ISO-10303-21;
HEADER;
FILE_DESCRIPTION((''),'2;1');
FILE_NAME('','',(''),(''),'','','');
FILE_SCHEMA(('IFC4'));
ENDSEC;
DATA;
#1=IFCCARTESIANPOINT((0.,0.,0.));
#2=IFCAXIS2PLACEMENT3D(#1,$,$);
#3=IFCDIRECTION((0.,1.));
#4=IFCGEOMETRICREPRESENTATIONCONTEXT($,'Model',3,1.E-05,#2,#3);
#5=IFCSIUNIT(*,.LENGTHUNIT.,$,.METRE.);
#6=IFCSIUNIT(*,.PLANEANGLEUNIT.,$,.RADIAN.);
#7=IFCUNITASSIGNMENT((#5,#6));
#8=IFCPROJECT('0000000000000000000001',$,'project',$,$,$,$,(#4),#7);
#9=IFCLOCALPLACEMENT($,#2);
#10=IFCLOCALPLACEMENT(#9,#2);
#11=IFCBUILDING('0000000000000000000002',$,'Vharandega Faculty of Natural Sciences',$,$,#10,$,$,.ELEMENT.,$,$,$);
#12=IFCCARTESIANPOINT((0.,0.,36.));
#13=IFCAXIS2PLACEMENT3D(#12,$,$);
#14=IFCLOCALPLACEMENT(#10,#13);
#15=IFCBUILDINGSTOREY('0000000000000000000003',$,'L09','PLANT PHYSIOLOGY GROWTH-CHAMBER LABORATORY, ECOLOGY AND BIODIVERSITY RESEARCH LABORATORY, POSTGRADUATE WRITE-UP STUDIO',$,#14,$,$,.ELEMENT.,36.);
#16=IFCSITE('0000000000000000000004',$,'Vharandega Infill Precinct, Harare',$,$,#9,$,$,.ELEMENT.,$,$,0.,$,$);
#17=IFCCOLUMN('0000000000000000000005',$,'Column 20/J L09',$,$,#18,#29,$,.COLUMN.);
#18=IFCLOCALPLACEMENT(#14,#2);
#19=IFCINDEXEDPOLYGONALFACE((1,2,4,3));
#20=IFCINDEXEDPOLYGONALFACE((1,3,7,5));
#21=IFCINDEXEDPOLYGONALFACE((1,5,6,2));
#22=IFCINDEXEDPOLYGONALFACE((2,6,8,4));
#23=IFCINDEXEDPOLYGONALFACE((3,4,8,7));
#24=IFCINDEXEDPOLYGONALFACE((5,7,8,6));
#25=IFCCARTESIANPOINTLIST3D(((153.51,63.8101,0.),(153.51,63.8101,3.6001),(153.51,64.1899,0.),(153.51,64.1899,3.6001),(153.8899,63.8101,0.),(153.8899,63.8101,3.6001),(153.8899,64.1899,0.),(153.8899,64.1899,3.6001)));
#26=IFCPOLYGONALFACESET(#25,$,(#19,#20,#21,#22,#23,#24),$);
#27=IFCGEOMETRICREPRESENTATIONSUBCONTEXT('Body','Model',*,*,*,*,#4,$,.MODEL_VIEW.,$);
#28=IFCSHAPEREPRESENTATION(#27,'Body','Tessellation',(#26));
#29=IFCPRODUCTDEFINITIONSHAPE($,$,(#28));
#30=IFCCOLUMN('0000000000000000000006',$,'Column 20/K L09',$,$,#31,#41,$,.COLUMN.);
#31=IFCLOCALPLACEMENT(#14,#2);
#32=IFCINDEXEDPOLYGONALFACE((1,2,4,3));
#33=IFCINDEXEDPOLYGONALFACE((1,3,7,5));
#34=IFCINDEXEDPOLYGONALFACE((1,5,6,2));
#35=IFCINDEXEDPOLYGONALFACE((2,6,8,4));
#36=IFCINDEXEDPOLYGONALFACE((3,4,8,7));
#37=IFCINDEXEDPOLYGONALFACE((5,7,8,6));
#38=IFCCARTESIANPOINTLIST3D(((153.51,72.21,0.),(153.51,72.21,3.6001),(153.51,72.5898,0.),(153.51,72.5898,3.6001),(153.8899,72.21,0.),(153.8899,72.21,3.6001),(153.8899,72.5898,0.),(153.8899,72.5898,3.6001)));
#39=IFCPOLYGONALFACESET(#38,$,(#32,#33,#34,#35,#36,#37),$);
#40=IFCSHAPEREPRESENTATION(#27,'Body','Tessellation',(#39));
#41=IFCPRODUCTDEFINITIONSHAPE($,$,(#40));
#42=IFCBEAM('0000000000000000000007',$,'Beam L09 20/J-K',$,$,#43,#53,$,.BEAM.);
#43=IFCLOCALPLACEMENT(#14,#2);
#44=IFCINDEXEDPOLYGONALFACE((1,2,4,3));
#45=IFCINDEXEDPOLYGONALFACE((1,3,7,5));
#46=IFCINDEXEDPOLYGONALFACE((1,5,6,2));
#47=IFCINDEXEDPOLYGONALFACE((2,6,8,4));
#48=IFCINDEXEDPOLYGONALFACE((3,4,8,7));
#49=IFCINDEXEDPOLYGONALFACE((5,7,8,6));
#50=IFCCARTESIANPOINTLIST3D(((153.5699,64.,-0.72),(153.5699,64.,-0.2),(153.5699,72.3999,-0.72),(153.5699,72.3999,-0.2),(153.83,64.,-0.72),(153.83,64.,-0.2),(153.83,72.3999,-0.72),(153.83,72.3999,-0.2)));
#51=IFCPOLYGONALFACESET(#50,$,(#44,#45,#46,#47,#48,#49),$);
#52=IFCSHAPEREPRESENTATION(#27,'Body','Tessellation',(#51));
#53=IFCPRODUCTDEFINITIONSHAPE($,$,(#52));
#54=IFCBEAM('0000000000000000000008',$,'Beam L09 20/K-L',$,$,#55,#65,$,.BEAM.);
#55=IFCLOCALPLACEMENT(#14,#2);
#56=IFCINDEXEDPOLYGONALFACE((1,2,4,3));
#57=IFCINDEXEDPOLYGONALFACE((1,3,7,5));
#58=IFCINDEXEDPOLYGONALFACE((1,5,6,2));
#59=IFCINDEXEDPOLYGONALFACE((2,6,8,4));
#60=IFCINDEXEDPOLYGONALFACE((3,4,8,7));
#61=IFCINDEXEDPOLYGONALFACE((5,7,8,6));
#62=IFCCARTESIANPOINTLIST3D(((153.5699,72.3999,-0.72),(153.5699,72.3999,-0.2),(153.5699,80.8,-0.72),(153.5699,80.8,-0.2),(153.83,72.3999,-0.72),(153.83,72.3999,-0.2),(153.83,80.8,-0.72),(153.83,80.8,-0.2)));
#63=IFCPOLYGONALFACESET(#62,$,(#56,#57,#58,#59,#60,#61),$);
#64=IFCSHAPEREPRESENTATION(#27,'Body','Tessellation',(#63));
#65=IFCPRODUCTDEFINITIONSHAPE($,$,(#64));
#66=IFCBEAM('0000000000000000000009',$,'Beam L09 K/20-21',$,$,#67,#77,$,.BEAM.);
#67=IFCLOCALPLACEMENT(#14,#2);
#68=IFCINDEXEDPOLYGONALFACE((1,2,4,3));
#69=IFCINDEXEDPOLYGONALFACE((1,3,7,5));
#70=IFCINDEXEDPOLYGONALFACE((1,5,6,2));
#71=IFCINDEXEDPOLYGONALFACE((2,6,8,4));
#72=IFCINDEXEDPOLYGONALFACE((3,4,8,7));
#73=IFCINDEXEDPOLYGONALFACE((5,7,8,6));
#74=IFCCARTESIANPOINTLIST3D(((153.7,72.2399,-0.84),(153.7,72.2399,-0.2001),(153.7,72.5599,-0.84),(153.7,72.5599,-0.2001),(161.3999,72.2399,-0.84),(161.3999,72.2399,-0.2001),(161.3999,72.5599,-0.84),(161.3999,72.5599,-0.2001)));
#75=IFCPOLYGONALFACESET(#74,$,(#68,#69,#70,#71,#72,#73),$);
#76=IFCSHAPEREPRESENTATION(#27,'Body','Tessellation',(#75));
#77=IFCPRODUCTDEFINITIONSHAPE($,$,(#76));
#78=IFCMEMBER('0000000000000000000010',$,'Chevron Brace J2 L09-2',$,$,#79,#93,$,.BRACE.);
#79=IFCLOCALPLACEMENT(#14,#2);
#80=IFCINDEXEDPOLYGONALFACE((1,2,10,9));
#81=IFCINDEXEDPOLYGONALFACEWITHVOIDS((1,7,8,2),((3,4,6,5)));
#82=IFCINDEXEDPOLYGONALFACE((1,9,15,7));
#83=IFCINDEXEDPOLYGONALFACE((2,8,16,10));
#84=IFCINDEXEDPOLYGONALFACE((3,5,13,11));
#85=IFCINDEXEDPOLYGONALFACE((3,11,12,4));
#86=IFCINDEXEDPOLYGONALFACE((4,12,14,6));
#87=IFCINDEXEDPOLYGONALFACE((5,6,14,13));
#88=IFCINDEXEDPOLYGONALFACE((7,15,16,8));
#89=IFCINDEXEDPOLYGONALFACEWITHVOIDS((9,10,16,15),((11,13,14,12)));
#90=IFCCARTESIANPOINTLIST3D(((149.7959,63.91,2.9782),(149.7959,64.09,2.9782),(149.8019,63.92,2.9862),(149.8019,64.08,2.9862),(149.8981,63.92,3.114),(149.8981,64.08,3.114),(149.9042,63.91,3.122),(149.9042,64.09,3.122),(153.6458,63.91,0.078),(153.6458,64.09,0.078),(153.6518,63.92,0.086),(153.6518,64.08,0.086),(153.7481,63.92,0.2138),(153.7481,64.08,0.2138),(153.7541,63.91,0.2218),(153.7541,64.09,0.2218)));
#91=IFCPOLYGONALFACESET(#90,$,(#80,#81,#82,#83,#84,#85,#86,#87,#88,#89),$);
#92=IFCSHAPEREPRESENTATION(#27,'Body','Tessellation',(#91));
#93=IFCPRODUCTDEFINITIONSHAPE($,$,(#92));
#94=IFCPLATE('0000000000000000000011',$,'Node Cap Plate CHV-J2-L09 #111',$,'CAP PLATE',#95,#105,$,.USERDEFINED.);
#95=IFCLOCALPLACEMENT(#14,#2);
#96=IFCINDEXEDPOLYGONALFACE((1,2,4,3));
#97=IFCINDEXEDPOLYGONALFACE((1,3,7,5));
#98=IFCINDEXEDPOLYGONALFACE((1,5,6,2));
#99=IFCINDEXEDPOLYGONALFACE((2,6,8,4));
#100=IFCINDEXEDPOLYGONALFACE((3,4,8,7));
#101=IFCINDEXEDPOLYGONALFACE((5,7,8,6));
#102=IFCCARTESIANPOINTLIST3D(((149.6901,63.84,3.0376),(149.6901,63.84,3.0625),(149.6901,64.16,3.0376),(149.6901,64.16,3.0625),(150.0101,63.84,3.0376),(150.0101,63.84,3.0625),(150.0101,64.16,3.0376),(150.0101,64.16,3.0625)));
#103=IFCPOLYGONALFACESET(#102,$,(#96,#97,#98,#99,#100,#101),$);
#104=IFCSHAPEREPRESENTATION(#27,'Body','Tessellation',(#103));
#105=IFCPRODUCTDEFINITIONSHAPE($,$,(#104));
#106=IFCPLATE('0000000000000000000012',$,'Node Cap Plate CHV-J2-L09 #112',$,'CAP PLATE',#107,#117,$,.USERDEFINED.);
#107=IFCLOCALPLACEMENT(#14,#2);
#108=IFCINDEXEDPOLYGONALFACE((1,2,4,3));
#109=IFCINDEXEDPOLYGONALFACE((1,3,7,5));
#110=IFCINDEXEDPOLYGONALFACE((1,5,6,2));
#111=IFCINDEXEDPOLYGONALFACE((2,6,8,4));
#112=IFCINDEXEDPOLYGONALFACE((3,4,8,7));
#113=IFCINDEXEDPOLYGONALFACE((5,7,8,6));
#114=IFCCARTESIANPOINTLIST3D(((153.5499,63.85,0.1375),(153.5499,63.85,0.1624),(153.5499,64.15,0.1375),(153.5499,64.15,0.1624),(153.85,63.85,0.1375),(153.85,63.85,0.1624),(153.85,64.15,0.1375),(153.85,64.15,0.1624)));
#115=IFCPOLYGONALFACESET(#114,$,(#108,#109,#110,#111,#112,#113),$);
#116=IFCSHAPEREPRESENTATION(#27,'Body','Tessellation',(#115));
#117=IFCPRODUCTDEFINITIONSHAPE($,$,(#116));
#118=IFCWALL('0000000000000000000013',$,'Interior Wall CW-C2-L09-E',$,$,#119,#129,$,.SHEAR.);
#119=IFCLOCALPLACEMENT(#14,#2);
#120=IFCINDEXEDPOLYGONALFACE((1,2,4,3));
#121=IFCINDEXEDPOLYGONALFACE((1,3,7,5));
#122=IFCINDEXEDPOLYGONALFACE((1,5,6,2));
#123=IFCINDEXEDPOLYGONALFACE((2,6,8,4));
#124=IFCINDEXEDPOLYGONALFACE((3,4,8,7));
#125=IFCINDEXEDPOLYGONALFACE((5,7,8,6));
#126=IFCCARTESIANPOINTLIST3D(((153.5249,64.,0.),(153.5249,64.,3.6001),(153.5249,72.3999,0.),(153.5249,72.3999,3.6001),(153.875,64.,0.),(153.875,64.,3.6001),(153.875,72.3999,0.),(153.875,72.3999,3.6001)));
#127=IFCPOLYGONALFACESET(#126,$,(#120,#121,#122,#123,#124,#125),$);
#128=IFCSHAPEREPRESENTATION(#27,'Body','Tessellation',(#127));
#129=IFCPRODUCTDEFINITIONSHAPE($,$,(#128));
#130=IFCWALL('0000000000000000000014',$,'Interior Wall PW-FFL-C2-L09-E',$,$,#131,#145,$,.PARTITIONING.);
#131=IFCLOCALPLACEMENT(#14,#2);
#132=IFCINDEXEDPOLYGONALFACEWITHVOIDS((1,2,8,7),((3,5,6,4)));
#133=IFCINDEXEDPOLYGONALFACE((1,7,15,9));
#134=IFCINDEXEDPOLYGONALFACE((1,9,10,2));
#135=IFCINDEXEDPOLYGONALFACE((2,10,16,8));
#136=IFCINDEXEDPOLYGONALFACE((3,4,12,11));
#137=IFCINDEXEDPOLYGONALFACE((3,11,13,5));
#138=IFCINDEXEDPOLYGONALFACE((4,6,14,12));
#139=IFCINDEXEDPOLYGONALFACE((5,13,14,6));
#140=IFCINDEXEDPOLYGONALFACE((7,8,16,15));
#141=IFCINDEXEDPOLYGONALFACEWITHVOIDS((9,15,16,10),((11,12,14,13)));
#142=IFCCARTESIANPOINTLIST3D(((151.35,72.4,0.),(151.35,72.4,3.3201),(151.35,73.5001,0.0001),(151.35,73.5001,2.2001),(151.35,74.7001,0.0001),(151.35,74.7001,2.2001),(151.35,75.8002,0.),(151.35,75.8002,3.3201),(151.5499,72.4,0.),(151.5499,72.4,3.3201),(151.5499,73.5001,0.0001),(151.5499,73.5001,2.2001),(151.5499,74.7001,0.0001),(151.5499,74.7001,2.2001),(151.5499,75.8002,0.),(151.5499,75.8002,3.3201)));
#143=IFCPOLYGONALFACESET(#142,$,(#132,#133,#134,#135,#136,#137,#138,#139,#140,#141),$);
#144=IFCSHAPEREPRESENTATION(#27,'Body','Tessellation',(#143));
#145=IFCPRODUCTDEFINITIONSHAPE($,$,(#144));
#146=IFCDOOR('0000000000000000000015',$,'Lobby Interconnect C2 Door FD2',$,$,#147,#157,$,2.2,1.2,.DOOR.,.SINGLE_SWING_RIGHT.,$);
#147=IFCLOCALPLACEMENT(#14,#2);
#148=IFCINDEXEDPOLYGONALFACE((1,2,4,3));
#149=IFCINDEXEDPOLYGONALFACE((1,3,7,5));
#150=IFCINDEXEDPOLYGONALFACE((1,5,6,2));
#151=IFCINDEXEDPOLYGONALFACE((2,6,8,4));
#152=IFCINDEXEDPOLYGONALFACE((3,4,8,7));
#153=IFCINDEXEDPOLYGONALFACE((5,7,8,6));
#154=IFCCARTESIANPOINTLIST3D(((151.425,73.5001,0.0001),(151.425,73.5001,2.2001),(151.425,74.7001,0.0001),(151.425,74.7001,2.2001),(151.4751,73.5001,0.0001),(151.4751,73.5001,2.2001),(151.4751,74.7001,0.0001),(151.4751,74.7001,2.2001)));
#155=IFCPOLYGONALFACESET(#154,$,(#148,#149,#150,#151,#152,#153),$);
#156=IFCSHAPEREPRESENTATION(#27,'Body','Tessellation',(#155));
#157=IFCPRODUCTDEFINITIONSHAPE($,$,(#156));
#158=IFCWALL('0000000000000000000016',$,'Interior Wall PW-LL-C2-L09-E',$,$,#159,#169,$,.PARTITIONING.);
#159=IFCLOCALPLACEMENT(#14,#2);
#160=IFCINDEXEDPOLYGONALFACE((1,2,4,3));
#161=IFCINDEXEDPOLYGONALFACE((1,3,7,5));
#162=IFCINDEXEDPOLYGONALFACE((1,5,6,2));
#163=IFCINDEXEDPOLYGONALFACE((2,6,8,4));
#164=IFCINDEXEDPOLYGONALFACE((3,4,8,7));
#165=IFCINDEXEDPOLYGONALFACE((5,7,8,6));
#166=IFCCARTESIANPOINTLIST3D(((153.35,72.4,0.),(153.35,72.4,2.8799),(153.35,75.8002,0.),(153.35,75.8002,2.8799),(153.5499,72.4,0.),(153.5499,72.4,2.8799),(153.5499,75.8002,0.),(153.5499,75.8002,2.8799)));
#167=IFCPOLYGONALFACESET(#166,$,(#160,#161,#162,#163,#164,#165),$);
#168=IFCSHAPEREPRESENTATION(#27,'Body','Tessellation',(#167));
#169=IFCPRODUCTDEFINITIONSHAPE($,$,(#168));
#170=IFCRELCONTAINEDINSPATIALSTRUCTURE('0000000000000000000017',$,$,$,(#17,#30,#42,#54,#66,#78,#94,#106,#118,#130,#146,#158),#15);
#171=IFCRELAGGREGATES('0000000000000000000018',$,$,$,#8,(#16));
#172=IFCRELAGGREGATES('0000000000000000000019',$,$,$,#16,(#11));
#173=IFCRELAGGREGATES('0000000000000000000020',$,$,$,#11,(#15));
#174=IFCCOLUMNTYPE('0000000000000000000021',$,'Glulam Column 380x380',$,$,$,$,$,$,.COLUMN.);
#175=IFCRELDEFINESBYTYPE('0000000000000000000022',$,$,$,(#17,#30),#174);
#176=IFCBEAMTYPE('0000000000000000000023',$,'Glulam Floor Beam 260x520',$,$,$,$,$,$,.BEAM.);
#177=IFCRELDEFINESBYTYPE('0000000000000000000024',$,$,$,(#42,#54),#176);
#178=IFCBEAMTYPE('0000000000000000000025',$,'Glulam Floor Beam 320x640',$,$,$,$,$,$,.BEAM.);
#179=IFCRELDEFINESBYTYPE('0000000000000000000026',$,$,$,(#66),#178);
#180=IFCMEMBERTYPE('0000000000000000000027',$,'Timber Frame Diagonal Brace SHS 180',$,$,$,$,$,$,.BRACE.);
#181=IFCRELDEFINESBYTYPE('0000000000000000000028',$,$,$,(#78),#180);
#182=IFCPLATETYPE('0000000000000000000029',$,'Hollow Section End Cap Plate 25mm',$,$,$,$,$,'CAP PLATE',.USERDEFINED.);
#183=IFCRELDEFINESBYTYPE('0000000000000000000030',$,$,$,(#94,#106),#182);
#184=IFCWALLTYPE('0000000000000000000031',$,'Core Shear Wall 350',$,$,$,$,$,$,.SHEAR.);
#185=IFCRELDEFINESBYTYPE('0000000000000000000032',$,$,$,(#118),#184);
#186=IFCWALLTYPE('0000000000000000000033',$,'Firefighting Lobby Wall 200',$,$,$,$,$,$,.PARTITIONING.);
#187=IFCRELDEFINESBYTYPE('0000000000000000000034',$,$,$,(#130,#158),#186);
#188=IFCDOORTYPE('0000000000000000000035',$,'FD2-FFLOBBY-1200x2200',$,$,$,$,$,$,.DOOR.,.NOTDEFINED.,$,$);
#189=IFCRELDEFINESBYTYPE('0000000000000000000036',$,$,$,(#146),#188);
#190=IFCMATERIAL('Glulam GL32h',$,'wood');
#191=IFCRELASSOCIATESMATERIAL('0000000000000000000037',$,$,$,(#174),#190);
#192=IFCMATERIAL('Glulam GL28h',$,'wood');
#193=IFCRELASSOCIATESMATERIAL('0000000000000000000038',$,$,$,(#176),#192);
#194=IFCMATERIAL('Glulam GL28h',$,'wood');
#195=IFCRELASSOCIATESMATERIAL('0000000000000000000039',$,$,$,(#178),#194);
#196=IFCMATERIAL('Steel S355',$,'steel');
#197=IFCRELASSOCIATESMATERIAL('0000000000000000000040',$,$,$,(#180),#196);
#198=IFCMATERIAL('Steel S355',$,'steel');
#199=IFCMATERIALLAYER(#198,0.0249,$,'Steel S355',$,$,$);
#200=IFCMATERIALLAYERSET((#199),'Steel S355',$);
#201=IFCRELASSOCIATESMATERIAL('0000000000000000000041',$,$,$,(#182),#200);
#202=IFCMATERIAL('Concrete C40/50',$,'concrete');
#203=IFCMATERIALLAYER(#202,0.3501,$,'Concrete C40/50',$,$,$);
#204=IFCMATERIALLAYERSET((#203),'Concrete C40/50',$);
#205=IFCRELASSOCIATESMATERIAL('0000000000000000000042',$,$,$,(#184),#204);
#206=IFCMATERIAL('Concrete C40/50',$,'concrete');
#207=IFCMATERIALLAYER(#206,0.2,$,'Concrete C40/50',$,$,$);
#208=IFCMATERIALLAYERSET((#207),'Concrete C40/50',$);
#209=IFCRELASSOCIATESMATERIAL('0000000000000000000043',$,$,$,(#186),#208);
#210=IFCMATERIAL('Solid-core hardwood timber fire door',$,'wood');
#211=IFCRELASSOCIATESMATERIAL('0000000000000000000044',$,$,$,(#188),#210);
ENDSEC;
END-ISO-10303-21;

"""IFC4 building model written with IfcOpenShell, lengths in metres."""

from ifc_helpers import new_model, si_unit, direction, frame, frame_2d, origin, origin_2d, place, context, subcontext, project, spatial, rectangle, hollow_rectangle, extrude, material, layer, layer_set, material_profile, profile_set, type_object, element, fill, save


model = new_model("IFC4")

# Units and contexts
model_context = context("Model", 3, precision=1e-05, world=origin(), true_north=direction((0.0, 1.0)))
body_context = subcontext(model_context, "Body", "Model", "MODEL_VIEW")
ifc_project = project(units=[si_unit("LENGTHUNIT", "METRE"), si_unit("PLANEANGLEUNIT", "RADIAN")], contexts=[model_context])

# Site, building, storey
site_placement = place(None, origin())
site = spatial("IfcSite", under=ifc_project, at=site_placement, Name="Vharandega Infill Precinct, Harare", CompositionType="ELEMENT", RefElevation=0.0)
building_placement = place(site_placement, origin())
building = spatial("IfcBuilding", under=site, at=building_placement, Name="Vharandega Faculty of Natural Sciences", CompositionType="ELEMENT")
storey_placement = place(building_placement, frame((0.0, 0.0, 36.0)))
storey = spatial("IfcBuildingStorey", under=building, at=storey_placement, Name="L09", Description="PLANT PHYSIOLOGY GROWTH-CHAMBER LABORATORY, ECOLOGY AND BIODIVERSITY RESEARCH LABORATORY, POSTGRADUATE WRITE-UP STUDIO", CompositionType="ELEMENT", Elevation=36.0)

# Columns
ifc_material_1 = material(Name="Glulam GL32h", Category="wood")
ifc_material_profile_1 = material_profile(ifc_material_1, rectangle(XDim=0.3799, YDim=0.3799, at=origin_2d()), Name="GL32h 380x380")
ifc_profile_set_1 = profile_set([ifc_material_profile_1], Name="Glulam GL32h")
column_type = type_object("IfcColumnType", Name="Glulam Column 380x380", PredefinedType="COLUMN", material=ifc_profile_set_1)
for number, where, z_axis, x_axis, name in (
    (1, (153.7, 64.0, 0.0), (0.0, 0.0, 1.0), (1.0, 0.0, 0.0), "Column 20/J L09"),
    (2, (153.7, 72.3999, 0.0), (0.0, 0.0, 1.0), (1.0, 0.0, 0.0), "Column 20/K L09"),
):
    element("IfcColumn", number, at=place(storey_placement, frame(where, z_axis=z_axis, x_axis=x_axis)), inside=storey, type_object=column_type, Name=name, PredefinedType="COLUMN", context=body_context, shape_type="SweptSolid", body=[
        extrude(rectangle(XDim=0.3799, YDim=0.3799, at=origin_2d()), origin(), (0.0, 0.0, 1.0), 3.6001),
    ])

# Beams
ifc_material_2 = material(Name="Glulam GL28h", Category="wood")
ifc_material_profile_2 = material_profile(ifc_material_2, rectangle(XDim=0.26, YDim=0.52, at=origin_2d()), Name="GL28h 260x520")
ifc_profile_set_2 = profile_set([ifc_material_profile_2], Name="Glulam GL28h")
beam_type_1 = type_object("IfcBeamType", Name="Glulam Floor Beam 260x520", PredefinedType="BEAM", material=ifc_profile_set_2)
beam_1_placement = place(storey_placement, frame((153.7, 64.0, -0.46), z_axis=(0.0, 1.0, 0.0), x_axis=(-1.0, 0.0, 0.0)))
element("IfcBeam", 3, at=beam_1_placement, inside=storey, type_object=beam_type_1, Name="Beam L09 20/J-K", PredefinedType="BEAM", context=body_context, shape_type="SweptSolid", body=[
    extrude(rectangle(XDim=0.26, YDim=0.52, at=origin_2d()), origin(), (0.0, 0.0, 1.0), 8.3999),
])
beam_2_placement = place(storey_placement, frame((153.7, 72.3999, -0.46), z_axis=(0.0, 1.0, 0.0), x_axis=(-1.0, 0.0, 0.0)))
element("IfcBeam", 4, at=beam_2_placement, inside=storey, type_object=beam_type_1, Name="Beam L09 20/K-L", PredefinedType="BEAM", context=body_context, shape_type="SweptSolid", body=[
    extrude(rectangle(XDim=0.26, YDim=0.52, at=origin_2d()), origin(), (0.0, 0.0, 1.0), 8.4001),
])
ifc_material_3 = material(Name="Glulam GL28h", Category="wood")
ifc_material_profile_3 = material_profile(ifc_material_3, rectangle(XDim=0.3201, YDim=0.6399, at=origin_2d()), Name="GL28h 320x640")
ifc_profile_set_3 = profile_set([ifc_material_profile_3], Name="Glulam GL28h")
beam_type_2 = type_object("IfcBeamType", Name="Glulam Floor Beam 320x640", PredefinedType="BEAM", material=ifc_profile_set_3)
beam_3_placement = place(storey_placement, frame((153.7, 72.3999, -0.52), z_axis=(1.0, 0.0, 0.0), x_axis=(0.0, 1.0, 0.0)))
element("IfcBeam", 5, at=beam_3_placement, inside=storey, type_object=beam_type_2, Name="Beam L09 K/20-21", PredefinedType="BEAM", context=body_context, shape_type="SweptSolid", body=[
    extrude(rectangle(XDim=0.3201, YDim=0.6399, at=origin_2d()), origin(), (0.0, 0.0, 1.0), 7.7),
])

# Member
ifc_material_4 = material(Name="Steel S355", Category="steel")
ifc_material_profile_4 = material_profile(ifc_material_4, hollow_rectangle(XDim=0.1799, YDim=0.1799, WallThickness=0.01, at=origin_2d()), Name="SHS 180x180x10")
ifc_profile_set_4 = profile_set([ifc_material_profile_4], Name="Steel S355")
member_type = type_object("IfcMemberType", Name="Timber Frame Diagonal Brace SHS 180", PredefinedType="BRACE", material=ifc_profile_set_4)
member_placement = place(storey_placement, frame((153.7, 64.0, 0.1499), z_axis=(-0.798728, 0.0, 0.601692), x_axis=(0.0, -1.0, 0.0)))
element("IfcMember", 6, at=member_placement, inside=storey, type_object=member_type, Name="Chevron Brace J2 L09-2", PredefinedType="BRACE", context=body_context, shape_type="SweptSolid", body=[
    extrude(hollow_rectangle(XDim=0.1799, YDim=0.1799, WallThickness=0.01, at=origin_2d()), origin(), (0.0, 0.0, 1.0), 4.8201),
])

# Plates
ifc_material_5 = material(Name="Steel S355", Category="steel")
ifc_layer_1 = layer(ifc_material_5, 0.0249, Name="Steel S355")
ifc_layer_set_1 = layer_set([ifc_layer_1], Name="Steel S355")
plate_type = type_object("IfcPlateType", Name="Hollow Section End Cap Plate 25mm", ElementType="CAP PLATE", PredefinedType="USERDEFINED", material=ifc_layer_set_1)
plate_1_placement = place(storey_placement, frame((149.8501, 64.0, 3.0376), z_axis=(0.0, 0.0, 1.0), x_axis=(1.0, 0.0, 0.0)))
element("IfcPlate", 7, at=plate_1_placement, inside=storey, type_object=plate_type, Name="Node Cap Plate CHV-J2-L09 #111", ObjectType="CAP PLATE", PredefinedType="USERDEFINED", context=body_context, shape_type="SweptSolid", body=[
    extrude(rectangle(XDim=0.3201, YDim=0.3201, at=origin_2d()), origin(), (0.0, 0.0, 1.0), 0.0249),
])
plate_2_placement = place(storey_placement, frame((153.7, 64.0, 0.1375), z_axis=(0.0, 0.0, 1.0), x_axis=(1.0, 0.0, 0.0)))
element("IfcPlate", 8, at=plate_2_placement, inside=storey, type_object=plate_type, Name="Node Cap Plate CHV-J2-L09 #112", ObjectType="CAP PLATE", PredefinedType="USERDEFINED", context=body_context, shape_type="SweptSolid", body=[
    extrude(rectangle(XDim=0.3, YDim=0.3, at=origin_2d()), origin(), (0.0, 0.0, 1.0), 0.0249),
])

# Wall
ifc_material_6 = material(Name="Concrete C40/50", Category="concrete")
ifc_layer_2 = layer(ifc_material_6, 0.3501, Name="Concrete C40/50")
ifc_layer_set_2 = layer_set([ifc_layer_2], Name="Concrete C40/50")
wall_type_1 = type_object("IfcWallType", Name="Core Shear Wall 350", PredefinedType="SHEAR", material=ifc_layer_set_2)
wall_1_placement = place(storey_placement, frame((153.7, 64.0, 0.0), z_axis=(0.0, 0.0, 1.0), x_axis=(0.0, 1.0, 0.0)))
element("IfcWall", 9, at=wall_1_placement, inside=storey, type_object=wall_type_1, Name="Interior Wall CW-C2-L09-E", PredefinedType="SHEAR", context=body_context, shape_type="SweptSolid", body=[
    extrude(rectangle(XDim=8.3999, YDim=0.3501, at=frame_2d((4.2, 0.0))), origin(), (0.0, 0.0, 1.0), 3.6001),
])

# Wall, opening, door
ifc_material_7 = material(Name="Concrete C40/50", Category="concrete")
ifc_layer_3 = layer(ifc_material_7, 0.2, Name="Concrete C40/50")
ifc_layer_set_3 = layer_set([ifc_layer_3], Name="Concrete C40/50")
wall_type_2 = type_object("IfcWallType", Name="Firefighting Lobby Wall 200", PredefinedType="PARTITIONING", material=ifc_layer_set_3)
wall_2_placement = place(storey_placement, frame((151.45, 72.3999, 0.0), z_axis=(0.0, 0.0, 1.0), x_axis=(0.0, 1.0, 0.0)))
wall_2 = element("IfcWall", 10, at=wall_2_placement, inside=storey, type_object=wall_type_2, Name="Interior Wall PW-FFL-C2-L09-E", PredefinedType="PARTITIONING", context=body_context, shape_type="SweptSolid", body=[
    extrude(rectangle(XDim=3.4001, YDim=0.2, at=frame_2d((1.7002, 0.0))), origin(), (0.0, 0.0, 1.0), 3.3201),
])
opening_1_placement = place(wall_2_placement, frame((1.1001, 0.0, 0.0)))
opening_1 = element("IfcOpeningElement", 11, at=opening_1_placement, cuts=wall_2, PredefinedType="OPENING", context=body_context, shape_type="SweptSolid", body=[
    extrude(rectangle(XDim=1.2, YDim=2.2, at=frame_2d((0.6001, 1.1001))), frame((0.0, 0.1099, 0.0), z_axis=(0.0, -1.0, 0.0), x_axis=(1.0, 0.0, 0.0)), (0.0, 0.0, 1.0), 0.22),
])
ifc_material_8 = material(Name="Solid-core hardwood timber fire door", Category="wood")
door_type_1 = type_object("IfcDoorType", Name="FD2-FFLOBBY-1200x2200", OperationType="NOTDEFINED", PredefinedType="DOOR", material=ifc_material_8)
door_1_placement = place(opening_1_placement, origin())
door_1 = element("IfcDoor", 12, at=door_1_placement, inside=storey, type_object=door_type_1, Name="Lobby Interconnect C2 Door FD2", OperationType="SINGLE_SWING_RIGHT", OverallHeight=2.2, OverallWidth=1.2, PredefinedType="DOOR", context=body_context, shape_type="SweptSolid", body=[
    extrude(rectangle(XDim=1.2, YDim=2.2, at=frame_2d((0.6001, 1.1001))), frame((0.0, 0.0249, 0.0), z_axis=(0.0, -1.0, 0.0), x_axis=(1.0, 0.0, 0.0)), (0.0, 0.0, 1.0), 0.05),
])
fill(opening_1, door_1)

# Wall
wall_3_placement = place(storey_placement, frame((153.45, 72.3999, 0.0), z_axis=(0.0, 0.0, 1.0), x_axis=(0.0, 1.0, 0.0)))
element("IfcWall", 13, at=wall_3_placement, inside=storey, type_object=wall_type_2, Name="Interior Wall PW-LL-C2-L09-E", PredefinedType="PARTITIONING", context=body_context, shape_type="SweptSolid", body=[
    extrude(rectangle(XDim=3.4001, YDim=0.2, at=frame_2d((1.7002, 0.0))), origin(), (0.0, 0.0, 1.0), 2.8799),
])

save(model, "model.ifc")
